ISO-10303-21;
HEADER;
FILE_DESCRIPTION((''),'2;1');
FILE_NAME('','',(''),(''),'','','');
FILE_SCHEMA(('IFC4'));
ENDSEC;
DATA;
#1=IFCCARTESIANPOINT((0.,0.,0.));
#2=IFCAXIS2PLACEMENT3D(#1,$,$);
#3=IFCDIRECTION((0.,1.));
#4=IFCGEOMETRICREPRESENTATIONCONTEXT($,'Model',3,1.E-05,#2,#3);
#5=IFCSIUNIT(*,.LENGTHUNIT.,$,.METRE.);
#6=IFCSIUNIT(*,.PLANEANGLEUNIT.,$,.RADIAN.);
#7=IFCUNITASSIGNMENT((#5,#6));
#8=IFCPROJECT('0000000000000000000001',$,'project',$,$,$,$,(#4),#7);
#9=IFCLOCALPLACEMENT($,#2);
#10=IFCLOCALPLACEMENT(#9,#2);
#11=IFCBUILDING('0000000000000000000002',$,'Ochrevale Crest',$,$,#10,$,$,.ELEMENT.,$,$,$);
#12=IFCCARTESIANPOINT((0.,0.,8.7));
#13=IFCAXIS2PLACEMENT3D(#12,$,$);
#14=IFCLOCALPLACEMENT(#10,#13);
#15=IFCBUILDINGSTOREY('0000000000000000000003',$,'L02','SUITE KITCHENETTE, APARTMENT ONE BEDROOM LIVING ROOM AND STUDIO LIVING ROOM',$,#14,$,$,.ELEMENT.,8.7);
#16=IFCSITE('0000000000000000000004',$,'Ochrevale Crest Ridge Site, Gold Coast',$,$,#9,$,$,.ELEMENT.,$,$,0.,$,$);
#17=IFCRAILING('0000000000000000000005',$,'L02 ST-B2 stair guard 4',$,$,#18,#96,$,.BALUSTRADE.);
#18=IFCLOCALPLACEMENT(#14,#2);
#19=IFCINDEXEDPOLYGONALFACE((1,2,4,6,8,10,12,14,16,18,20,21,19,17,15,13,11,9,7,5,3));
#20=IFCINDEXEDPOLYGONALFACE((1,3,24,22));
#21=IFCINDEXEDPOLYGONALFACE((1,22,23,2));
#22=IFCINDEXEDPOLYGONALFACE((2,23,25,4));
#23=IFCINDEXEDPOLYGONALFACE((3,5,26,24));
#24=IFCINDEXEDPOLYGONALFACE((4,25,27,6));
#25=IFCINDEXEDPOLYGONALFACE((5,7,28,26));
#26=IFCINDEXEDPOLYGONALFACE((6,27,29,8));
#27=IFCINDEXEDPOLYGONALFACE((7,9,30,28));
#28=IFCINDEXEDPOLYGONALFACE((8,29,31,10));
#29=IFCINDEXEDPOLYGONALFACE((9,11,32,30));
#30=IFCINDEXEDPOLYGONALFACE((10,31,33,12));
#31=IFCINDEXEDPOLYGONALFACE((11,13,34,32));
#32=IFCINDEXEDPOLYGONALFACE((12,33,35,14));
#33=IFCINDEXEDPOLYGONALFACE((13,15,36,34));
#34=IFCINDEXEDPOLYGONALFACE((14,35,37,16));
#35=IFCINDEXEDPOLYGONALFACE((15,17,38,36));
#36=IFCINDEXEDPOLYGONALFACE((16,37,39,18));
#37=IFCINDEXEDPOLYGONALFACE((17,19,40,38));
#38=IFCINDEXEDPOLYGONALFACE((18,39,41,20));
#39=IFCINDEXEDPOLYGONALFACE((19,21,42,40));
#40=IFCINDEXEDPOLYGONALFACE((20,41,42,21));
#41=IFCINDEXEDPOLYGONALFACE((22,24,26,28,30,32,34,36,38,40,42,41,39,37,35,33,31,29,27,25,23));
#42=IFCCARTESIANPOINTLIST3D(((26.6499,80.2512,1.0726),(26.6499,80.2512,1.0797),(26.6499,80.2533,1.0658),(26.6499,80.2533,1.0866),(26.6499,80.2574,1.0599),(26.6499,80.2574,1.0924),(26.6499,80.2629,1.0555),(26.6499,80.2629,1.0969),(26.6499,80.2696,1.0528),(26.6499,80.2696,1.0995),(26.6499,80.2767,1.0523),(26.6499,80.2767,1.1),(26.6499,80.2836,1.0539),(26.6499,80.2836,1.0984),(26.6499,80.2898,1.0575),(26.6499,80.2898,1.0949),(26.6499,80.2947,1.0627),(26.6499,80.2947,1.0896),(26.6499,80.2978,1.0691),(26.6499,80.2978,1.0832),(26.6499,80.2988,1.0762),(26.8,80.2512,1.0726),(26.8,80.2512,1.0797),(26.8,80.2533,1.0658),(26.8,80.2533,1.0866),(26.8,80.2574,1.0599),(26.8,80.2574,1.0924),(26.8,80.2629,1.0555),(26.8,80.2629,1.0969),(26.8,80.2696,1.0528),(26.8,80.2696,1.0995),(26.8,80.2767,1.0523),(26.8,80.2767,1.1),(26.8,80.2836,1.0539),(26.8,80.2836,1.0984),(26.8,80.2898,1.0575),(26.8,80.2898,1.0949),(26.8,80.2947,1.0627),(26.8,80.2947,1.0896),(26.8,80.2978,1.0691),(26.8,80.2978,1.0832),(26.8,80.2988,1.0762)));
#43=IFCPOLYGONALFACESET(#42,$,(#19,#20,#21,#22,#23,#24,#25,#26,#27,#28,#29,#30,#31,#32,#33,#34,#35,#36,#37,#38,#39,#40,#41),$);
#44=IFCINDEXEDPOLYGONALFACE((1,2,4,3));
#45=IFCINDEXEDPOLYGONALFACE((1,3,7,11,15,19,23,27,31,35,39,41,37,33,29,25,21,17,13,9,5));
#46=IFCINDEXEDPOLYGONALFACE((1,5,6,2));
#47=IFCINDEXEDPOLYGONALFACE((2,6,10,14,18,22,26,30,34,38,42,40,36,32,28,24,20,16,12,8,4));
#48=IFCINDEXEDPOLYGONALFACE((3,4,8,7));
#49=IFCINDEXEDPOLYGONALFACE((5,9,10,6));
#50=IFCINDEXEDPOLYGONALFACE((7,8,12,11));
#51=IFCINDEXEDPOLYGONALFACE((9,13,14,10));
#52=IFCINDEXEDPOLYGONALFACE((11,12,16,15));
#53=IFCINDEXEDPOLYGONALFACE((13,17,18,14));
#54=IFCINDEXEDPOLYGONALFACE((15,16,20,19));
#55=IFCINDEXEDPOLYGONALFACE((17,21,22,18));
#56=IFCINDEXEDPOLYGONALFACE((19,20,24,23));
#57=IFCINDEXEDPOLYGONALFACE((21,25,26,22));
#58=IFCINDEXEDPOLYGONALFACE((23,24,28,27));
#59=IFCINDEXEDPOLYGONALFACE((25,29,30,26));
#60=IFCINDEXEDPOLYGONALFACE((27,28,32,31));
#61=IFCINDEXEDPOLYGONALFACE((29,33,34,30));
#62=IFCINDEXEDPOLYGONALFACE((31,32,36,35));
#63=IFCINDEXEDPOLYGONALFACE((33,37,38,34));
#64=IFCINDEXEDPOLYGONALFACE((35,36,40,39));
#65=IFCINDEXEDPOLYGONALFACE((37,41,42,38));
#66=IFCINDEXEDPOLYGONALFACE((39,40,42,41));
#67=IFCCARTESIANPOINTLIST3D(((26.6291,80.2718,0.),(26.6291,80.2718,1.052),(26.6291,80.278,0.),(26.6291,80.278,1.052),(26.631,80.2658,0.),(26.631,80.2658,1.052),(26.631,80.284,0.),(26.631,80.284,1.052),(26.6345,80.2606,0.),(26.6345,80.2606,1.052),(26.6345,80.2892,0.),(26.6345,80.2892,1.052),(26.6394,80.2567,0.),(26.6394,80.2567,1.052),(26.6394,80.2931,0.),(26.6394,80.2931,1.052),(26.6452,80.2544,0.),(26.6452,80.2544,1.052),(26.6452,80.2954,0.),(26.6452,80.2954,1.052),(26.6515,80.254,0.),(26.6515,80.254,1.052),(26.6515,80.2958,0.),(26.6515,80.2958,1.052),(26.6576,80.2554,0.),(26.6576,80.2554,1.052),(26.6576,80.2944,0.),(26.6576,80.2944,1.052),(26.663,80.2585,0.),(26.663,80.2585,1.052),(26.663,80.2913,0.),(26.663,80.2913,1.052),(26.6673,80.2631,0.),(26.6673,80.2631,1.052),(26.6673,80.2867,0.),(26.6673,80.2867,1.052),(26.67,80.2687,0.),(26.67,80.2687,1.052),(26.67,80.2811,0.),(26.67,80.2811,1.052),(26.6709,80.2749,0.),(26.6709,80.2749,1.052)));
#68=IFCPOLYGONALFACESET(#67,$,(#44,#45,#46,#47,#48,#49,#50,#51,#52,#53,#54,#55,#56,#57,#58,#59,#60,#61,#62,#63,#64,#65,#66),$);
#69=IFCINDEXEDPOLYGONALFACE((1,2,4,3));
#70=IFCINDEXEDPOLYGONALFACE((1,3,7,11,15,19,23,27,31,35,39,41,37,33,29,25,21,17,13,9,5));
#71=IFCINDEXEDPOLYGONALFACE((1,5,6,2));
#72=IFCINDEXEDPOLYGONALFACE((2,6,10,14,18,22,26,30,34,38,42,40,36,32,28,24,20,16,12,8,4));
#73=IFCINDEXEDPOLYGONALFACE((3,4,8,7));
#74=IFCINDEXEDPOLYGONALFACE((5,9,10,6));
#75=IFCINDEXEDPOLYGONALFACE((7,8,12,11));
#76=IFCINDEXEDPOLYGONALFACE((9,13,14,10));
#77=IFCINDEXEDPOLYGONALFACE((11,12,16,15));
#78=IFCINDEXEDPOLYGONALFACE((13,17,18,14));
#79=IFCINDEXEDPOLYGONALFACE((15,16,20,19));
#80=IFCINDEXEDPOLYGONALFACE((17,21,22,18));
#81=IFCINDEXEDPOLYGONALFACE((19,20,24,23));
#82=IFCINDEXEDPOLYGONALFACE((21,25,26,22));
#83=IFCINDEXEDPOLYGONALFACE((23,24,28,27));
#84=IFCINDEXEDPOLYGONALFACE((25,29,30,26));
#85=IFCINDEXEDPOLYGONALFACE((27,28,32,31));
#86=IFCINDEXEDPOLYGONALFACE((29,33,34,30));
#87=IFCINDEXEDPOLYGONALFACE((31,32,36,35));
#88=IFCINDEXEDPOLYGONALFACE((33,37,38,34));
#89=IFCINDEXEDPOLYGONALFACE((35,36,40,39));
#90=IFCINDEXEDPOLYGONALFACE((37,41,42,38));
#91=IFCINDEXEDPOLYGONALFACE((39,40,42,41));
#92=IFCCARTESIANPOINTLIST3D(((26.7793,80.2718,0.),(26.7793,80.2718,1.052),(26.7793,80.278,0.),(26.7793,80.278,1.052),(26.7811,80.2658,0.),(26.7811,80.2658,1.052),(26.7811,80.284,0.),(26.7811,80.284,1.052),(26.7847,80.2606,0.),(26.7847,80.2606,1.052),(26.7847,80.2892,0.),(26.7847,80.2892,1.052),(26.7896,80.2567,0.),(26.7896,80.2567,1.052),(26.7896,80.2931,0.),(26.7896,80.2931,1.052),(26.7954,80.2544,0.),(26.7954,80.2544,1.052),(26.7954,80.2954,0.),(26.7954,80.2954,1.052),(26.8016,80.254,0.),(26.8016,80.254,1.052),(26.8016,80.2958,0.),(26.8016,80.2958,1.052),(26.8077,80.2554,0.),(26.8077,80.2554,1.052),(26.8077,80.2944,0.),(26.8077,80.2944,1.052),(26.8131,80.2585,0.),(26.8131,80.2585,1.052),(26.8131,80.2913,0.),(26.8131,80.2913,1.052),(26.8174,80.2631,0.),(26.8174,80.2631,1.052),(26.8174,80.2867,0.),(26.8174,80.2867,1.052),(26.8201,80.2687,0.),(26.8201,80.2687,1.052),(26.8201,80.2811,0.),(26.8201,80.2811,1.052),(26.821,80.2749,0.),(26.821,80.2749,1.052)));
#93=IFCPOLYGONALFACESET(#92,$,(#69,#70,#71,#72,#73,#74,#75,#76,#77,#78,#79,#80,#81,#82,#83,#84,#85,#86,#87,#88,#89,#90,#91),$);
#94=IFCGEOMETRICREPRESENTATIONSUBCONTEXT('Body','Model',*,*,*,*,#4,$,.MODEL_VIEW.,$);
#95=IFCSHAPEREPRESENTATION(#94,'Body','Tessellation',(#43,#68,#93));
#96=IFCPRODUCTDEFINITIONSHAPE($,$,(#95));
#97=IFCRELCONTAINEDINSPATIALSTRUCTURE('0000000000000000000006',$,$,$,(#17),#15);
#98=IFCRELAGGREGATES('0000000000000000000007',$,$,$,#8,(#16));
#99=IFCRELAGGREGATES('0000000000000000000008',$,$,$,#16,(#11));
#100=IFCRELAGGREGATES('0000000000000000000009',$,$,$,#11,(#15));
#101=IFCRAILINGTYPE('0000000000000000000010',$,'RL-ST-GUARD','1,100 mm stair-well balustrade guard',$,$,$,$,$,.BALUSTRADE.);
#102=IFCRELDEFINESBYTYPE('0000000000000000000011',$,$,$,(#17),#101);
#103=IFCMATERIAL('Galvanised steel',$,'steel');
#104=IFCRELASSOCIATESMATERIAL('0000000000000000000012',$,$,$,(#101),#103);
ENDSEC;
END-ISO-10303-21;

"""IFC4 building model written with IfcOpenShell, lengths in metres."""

from ifc_helpers import new_model, si_unit, direction, frame, origin, origin_2d, place, context, subcontext, project, spatial, circle, extrude, material, type_object, element, save


model = new_model("IFC4")

# Units and contexts
model_context = context("Model", 3, precision=1e-05, world=origin(), true_north=direction((0.0, 1.0)))
body_context = subcontext(model_context, "Body", "Model", "MODEL_VIEW")
ifc_project = project(units=[si_unit("LENGTHUNIT", "METRE"), si_unit("PLANEANGLEUNIT", "RADIAN")], contexts=[model_context])

# Site, building, storey
site_placement = place(None, origin())
site = spatial("IfcSite", under=ifc_project, at=site_placement, Name="Ochrevale Crest Ridge Site, Gold Coast", CompositionType="ELEMENT", RefElevation=0.0)
building_placement = place(site_placement, origin())
building = spatial("IfcBuilding", under=site, at=building_placement, Name="Ochrevale Crest", CompositionType="ELEMENT")
storey_placement = place(building_placement, frame((0.0, 0.0, 8.7)))
storey = spatial("IfcBuildingStorey", under=building, at=storey_placement, Name="L02", Description="SUITE KITCHENETTE, APARTMENT ONE BEDROOM LIVING ROOM AND STUDIO LIVING ROOM", CompositionType="ELEMENT", Elevation=8.7)

# Railing
ifc_material_1 = material(Name="Galvanised steel", Category="steel")
railing_type_1 = type_object("IfcRailingType", Name="RL-ST-GUARD", Description="1,100 mm stair-well balustrade guard", PredefinedType="BALUSTRADE", material=ifc_material_1)
railing_1_placement = place(storey_placement, frame((26.6499, 80.2749, 0.0)))
element("IfcRailing", 1, at=railing_1_placement, inside=storey, type_object=railing_type_1, Name="L02 ST-B2 stair guard 4", PredefinedType="BALUSTRADE", context=body_context, shape_type="SweptSolid", body=[
    extrude(circle(Radius=0.0239, at=origin_2d()), frame((0.0, 0.0, 1.0762), z_axis=(1.0, 0.0, 0.0), x_axis=(0.0, 1.0, 0.0)), (0.0, 0.0, 1.0), 0.1501),
    extrude(circle(Radius=0.021, at=origin_2d()), origin(), (0.0, 0.0, 1.0), 1.052),
    extrude(circle(Radius=0.021, at=origin_2d()), frame((0.1501, 0.0, 0.0)), (0.0, 0.0, 1.0), 1.052),
])

save(model, "model.ifc")
